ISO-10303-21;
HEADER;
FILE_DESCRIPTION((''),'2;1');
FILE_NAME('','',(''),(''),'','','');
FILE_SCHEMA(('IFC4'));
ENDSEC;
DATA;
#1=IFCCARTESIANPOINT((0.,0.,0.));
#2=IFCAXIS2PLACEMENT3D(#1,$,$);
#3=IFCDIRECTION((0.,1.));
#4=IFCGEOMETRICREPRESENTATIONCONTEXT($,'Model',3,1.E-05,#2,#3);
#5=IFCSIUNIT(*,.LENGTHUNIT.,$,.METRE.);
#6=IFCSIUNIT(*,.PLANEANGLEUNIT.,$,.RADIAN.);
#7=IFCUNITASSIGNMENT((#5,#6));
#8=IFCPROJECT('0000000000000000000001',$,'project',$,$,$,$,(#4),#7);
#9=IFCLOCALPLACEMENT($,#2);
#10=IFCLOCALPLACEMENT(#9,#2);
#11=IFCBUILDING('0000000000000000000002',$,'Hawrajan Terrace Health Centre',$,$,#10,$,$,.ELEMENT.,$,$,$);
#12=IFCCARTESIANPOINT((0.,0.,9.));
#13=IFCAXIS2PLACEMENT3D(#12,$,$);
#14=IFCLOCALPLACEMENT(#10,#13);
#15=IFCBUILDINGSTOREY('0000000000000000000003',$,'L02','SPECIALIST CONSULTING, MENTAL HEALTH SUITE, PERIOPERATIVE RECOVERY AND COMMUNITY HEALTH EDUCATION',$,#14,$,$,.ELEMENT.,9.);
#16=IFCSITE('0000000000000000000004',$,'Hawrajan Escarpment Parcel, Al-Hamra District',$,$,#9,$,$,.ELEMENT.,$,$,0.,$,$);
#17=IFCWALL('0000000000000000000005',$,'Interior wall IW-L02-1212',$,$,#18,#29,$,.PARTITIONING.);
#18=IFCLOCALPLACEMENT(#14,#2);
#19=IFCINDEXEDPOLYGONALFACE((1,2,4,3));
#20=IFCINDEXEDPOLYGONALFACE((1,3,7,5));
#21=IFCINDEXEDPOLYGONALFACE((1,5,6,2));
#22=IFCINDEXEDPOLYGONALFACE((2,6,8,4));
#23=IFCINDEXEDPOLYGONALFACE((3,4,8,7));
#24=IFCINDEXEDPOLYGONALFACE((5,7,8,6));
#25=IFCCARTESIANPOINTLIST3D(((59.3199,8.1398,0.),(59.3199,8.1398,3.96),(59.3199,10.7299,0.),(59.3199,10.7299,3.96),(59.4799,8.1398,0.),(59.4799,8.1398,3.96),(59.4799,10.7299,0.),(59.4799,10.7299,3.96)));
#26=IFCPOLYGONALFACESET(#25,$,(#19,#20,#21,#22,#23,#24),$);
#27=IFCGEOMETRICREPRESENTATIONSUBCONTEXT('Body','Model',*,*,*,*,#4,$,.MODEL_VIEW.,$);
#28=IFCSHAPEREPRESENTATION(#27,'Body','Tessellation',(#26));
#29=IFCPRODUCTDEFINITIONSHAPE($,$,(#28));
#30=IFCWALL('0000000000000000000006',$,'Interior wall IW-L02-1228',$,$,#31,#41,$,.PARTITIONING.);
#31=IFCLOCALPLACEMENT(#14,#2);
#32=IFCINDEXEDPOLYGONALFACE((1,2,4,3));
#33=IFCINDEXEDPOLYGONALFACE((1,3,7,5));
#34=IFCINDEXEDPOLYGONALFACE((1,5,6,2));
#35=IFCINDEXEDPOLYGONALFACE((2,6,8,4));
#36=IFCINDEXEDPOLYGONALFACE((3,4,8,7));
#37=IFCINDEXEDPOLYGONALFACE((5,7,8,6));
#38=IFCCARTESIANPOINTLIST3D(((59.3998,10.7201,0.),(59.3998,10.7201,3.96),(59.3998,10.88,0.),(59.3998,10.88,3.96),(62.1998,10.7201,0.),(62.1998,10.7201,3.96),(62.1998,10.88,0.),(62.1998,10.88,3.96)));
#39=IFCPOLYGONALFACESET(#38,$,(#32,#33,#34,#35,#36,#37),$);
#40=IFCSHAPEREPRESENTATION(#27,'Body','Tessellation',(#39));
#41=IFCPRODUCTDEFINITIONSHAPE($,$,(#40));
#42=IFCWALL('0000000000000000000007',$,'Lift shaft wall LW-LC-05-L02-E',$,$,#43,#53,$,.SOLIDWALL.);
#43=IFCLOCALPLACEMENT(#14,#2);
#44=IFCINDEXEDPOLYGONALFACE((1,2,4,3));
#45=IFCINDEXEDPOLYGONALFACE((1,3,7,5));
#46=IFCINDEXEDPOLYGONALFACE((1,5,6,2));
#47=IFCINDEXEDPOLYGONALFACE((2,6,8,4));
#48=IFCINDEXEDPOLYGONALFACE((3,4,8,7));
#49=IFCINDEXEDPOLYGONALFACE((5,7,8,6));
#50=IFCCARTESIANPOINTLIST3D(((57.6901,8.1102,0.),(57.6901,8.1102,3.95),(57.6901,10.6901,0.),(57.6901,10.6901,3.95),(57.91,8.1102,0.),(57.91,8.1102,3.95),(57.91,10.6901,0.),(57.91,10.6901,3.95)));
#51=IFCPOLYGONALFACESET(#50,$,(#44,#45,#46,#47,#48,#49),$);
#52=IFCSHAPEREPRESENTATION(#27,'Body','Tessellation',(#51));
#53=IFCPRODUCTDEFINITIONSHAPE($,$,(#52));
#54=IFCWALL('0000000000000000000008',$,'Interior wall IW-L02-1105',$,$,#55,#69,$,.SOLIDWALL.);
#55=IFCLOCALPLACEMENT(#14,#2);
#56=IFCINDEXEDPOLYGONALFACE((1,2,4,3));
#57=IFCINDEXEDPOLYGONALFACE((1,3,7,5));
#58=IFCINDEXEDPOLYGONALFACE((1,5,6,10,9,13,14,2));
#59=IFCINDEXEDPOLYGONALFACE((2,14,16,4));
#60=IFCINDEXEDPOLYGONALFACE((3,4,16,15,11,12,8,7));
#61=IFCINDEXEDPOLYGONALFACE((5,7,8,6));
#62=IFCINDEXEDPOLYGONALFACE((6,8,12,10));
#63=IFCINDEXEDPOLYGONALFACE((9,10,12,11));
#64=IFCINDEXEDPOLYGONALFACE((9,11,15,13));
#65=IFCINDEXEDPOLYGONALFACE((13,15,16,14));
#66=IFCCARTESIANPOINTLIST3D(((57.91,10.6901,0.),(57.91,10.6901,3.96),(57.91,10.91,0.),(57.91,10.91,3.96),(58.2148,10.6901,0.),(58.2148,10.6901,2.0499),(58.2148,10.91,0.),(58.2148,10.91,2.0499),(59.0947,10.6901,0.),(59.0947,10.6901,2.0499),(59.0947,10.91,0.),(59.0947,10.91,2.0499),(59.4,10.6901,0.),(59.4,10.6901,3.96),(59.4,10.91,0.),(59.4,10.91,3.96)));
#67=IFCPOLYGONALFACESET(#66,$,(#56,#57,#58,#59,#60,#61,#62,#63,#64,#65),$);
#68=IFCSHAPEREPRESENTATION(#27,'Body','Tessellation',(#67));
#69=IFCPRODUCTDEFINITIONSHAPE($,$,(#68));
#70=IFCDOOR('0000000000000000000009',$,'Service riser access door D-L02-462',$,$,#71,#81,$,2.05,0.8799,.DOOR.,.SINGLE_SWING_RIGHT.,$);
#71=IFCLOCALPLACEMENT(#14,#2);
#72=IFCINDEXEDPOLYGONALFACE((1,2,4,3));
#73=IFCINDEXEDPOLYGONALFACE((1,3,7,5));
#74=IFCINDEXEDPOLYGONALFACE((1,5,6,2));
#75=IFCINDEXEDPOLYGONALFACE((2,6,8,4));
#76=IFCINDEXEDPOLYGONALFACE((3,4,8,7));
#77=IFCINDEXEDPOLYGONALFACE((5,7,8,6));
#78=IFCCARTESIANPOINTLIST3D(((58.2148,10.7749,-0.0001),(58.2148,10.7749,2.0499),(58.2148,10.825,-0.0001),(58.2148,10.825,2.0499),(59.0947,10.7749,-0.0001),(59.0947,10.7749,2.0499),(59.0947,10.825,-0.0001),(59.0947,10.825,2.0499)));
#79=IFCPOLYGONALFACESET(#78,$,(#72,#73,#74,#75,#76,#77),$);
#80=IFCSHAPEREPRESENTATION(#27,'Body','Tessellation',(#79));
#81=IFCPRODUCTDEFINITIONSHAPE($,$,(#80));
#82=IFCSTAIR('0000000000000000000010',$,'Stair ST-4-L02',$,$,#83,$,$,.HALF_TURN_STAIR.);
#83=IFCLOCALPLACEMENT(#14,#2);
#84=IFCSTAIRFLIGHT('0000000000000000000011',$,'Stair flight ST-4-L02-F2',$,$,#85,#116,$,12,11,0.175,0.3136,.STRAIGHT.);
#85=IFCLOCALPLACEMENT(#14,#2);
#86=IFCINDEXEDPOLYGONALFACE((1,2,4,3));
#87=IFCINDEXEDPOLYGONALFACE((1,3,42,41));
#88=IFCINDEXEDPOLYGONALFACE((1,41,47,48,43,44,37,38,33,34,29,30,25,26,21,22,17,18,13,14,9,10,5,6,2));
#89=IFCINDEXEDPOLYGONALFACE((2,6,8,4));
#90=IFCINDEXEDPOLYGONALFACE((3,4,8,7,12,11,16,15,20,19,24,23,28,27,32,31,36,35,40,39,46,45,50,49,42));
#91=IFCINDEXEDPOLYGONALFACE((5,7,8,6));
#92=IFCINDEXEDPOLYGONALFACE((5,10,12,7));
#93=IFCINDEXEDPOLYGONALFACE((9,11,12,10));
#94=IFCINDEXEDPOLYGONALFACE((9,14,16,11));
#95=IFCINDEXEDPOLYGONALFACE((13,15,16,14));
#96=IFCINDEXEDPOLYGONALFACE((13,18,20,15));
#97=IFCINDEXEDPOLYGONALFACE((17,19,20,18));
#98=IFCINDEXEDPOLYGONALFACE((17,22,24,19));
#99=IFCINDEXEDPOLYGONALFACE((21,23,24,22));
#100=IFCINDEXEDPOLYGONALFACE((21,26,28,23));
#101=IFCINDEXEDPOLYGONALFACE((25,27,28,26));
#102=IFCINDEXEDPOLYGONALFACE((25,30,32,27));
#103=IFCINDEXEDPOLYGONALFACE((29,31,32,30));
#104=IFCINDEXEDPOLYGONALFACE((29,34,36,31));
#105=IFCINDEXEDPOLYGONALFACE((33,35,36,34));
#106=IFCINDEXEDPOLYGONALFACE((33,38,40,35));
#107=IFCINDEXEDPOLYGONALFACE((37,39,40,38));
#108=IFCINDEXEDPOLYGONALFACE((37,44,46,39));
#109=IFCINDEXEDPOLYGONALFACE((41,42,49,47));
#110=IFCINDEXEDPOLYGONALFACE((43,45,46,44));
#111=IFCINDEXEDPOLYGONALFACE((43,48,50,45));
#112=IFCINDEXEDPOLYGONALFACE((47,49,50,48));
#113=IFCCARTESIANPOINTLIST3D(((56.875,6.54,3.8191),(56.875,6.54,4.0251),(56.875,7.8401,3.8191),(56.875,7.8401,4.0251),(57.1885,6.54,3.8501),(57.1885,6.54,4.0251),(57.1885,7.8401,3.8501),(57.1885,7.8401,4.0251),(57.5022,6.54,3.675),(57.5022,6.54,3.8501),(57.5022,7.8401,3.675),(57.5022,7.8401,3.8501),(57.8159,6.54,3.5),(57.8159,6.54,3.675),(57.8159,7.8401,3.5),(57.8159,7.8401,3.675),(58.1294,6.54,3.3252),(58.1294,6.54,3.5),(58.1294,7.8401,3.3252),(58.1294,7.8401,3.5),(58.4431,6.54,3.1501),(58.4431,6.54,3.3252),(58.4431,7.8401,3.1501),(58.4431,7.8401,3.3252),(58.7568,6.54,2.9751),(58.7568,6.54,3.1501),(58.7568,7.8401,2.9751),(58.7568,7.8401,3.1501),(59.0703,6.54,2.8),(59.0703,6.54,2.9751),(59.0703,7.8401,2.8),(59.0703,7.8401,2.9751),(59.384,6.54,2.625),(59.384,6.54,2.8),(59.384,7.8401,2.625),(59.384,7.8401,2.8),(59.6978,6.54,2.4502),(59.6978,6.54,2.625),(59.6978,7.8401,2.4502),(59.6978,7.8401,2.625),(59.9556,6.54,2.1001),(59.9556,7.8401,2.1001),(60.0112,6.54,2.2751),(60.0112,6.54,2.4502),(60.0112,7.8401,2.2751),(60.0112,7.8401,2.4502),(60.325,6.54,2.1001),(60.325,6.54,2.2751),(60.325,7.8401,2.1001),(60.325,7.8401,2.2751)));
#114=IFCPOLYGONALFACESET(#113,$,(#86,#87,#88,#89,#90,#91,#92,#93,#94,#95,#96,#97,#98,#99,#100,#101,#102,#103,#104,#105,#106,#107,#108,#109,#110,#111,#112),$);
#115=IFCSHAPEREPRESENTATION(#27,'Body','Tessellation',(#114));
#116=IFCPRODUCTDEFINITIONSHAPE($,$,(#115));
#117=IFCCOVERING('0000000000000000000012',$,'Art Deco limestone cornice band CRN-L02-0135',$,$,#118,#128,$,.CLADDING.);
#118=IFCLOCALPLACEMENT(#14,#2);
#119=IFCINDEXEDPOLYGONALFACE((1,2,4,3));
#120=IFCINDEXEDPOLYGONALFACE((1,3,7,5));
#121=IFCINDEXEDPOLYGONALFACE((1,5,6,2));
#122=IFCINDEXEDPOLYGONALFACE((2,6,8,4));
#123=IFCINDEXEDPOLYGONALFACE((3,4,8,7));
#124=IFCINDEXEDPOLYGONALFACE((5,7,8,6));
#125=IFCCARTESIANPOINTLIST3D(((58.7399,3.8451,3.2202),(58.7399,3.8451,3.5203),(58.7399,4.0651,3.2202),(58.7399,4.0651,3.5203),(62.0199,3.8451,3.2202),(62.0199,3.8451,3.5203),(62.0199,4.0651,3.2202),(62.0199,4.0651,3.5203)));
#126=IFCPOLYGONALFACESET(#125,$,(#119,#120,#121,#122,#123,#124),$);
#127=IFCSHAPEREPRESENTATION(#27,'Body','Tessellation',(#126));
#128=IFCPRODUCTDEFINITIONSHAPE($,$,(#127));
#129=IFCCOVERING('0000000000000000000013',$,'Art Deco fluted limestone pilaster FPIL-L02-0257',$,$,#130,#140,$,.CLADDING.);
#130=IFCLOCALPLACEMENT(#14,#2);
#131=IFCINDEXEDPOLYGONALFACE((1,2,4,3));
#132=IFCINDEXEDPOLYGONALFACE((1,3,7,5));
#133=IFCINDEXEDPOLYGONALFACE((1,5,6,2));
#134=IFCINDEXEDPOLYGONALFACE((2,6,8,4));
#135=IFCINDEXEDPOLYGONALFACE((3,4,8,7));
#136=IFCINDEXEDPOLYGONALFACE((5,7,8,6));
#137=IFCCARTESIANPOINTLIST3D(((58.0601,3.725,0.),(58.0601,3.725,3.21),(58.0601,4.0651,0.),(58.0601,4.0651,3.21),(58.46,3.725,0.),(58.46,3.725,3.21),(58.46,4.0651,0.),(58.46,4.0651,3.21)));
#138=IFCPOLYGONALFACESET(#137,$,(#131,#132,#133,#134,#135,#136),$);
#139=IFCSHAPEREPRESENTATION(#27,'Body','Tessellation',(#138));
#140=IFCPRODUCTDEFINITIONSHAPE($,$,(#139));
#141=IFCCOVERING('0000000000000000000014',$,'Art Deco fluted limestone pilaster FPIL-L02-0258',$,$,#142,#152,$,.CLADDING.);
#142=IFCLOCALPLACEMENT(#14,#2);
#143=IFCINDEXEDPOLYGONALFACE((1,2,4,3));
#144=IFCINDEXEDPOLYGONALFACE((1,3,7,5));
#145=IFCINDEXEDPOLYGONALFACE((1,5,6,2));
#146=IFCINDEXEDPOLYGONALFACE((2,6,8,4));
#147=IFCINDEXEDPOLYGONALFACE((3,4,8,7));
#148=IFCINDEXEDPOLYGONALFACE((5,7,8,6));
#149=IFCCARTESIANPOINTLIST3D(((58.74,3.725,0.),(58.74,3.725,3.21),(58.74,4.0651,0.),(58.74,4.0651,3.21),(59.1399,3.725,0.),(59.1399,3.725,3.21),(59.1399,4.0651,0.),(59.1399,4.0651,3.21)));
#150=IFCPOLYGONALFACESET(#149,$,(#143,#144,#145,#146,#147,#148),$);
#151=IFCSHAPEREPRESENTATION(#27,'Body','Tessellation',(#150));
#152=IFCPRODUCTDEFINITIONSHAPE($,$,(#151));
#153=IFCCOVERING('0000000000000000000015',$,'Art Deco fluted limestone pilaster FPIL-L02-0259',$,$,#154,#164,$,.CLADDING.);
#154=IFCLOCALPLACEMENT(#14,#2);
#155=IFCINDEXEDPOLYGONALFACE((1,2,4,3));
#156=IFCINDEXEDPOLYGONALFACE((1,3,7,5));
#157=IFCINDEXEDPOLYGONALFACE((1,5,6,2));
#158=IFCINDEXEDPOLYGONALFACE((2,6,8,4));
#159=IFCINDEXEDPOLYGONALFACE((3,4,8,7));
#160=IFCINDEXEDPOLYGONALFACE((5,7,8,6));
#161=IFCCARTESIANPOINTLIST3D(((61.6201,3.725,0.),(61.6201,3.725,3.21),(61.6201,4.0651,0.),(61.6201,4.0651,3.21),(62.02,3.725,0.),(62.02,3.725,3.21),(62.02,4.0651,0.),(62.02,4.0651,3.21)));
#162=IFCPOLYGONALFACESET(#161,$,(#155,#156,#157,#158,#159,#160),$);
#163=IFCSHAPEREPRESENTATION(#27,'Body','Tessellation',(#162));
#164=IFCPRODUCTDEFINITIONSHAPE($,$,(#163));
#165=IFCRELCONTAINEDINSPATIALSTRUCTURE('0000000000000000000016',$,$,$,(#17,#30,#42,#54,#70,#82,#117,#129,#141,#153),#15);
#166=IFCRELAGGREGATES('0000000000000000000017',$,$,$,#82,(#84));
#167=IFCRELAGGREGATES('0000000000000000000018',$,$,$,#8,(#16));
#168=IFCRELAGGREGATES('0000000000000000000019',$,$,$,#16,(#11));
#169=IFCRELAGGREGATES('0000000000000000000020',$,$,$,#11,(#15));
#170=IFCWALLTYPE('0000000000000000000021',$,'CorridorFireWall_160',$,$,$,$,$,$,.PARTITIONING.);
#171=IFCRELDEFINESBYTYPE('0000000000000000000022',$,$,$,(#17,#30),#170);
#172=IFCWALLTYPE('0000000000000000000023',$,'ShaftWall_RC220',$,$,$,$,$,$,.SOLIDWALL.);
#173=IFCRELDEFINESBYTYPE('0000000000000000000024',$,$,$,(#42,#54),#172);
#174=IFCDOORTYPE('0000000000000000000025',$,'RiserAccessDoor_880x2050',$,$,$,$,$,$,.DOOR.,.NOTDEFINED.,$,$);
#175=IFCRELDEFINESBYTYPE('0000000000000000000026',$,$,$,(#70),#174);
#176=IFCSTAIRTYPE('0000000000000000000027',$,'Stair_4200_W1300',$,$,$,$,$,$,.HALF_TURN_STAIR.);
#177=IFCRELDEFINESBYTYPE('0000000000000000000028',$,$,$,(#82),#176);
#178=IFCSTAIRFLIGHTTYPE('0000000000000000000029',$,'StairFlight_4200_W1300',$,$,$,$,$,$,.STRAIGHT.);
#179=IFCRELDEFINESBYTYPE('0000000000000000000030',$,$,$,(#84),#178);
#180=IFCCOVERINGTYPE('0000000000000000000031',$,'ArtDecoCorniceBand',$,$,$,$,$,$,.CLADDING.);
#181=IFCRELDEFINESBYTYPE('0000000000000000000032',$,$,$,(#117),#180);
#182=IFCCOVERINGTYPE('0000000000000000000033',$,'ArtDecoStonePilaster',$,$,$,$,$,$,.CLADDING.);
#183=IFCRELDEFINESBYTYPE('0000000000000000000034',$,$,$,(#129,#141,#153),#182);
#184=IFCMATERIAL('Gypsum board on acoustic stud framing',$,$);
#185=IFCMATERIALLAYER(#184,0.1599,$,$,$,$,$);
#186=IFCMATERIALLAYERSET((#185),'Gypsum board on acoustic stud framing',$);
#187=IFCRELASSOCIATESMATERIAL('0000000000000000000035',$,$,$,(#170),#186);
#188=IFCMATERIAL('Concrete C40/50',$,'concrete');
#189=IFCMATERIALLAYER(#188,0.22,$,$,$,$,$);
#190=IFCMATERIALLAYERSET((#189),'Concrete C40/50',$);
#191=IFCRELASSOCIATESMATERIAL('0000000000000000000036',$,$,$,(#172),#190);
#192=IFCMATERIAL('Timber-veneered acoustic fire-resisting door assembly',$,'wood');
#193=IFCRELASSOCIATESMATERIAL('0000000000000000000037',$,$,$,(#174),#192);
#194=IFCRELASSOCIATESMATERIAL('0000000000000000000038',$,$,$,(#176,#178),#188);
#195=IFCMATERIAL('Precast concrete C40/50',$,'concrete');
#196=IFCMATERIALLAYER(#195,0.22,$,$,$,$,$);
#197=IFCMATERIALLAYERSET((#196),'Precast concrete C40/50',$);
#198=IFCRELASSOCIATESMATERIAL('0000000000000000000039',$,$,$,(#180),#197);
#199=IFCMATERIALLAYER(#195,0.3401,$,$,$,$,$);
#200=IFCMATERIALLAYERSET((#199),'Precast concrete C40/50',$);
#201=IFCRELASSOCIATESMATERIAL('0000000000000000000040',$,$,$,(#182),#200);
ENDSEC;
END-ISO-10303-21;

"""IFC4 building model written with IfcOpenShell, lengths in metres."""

from ifc_helpers import new_model, si_unit, direction, frame, frame_2d, origin, origin_2d, place, context, subcontext, project, spatial, polyline, rectangle, outline, extrude, material, layer, layer_set, type_object, element, fill, aggregate, save


model = new_model("IFC4")

# Units and contexts
model_context = context("Model", 3, precision=1e-05, world=origin(), true_north=direction((0.0, 1.0)))
body_context = subcontext(model_context, "Body", "Model", "MODEL_VIEW")
ifc_project = project(units=[si_unit("LENGTHUNIT", "METRE"), si_unit("PLANEANGLEUNIT", "RADIAN")], contexts=[model_context])

# Site, building, storey
site_placement = place(None, origin())
site = spatial("IfcSite", under=ifc_project, at=site_placement, Name="Hawrajan Escarpment Parcel, Al-Hamra District", CompositionType="ELEMENT", RefElevation=0.0)
building_placement = place(site_placement, origin())
building = spatial("IfcBuilding", under=site, at=building_placement, Name="Hawrajan Terrace Health Centre", CompositionType="ELEMENT")
storey_placement = place(building_placement, frame((0.0, 0.0, 9.0)))
storey = spatial("IfcBuildingStorey", under=building, at=storey_placement, Name="L02", Description="SPECIALIST CONSULTING, MENTAL HEALTH SUITE, PERIOPERATIVE RECOVERY AND COMMUNITY HEALTH EDUCATION", CompositionType="ELEMENT", Elevation=9.0)

# Walls
ifc_material_1 = material(Name="Precast concrete C40/50", Category="concrete")
ifc_material_2 = material(Name="Concrete C40/50", Category="concrete")
ifc_material_3 = material(Name="Gypsum board on acoustic stud framing")
ifc_layer_1 = layer(ifc_material_3, 0.1599)
ifc_layer_set_1 = layer_set([ifc_layer_1], Name="Gypsum board on acoustic stud framing")
wall_type_1 = type_object("IfcWallType", Name="CorridorFireWall_160", PredefinedType="PARTITIONING", material=ifc_layer_set_1)
wall_1_placement = place(storey_placement, frame((59.3999, 8.1399, 0.0), z_axis=(0.0, 0.0, 1.0), x_axis=(0.0, 1.0, 0.0)))
element("IfcWall", 1, at=wall_1_placement, inside=storey, type_object=wall_type_1, Name="Interior wall IW-L02-1212", PredefinedType="PARTITIONING", context=body_context, shape_type="SweptSolid", body=[
    extrude(rectangle(XDim=2.5901, YDim=0.1599, at=frame_2d((1.2949, 0.0))), origin(), (0.0, 0.0, 1.0), 3.96),
])
wall_2_placement = place(storey_placement, frame((59.3999, 10.8, 0.0), z_axis=(0.0, 0.0, 1.0), x_axis=(1.0, 0.0, 0.0)))
element("IfcWall", 2, at=wall_2_placement, inside=storey, type_object=wall_type_1, Name="Interior wall IW-L02-1228", PredefinedType="PARTITIONING", context=body_context, shape_type="SweptSolid", body=[
    extrude(rectangle(XDim=2.8, YDim=0.1599, at=frame_2d((1.3999, 0.0))), origin(), (0.0, 0.0, 1.0), 3.96),
])
ifc_layer_2 = layer(ifc_material_2, 0.22)
ifc_layer_set_2 = layer_set([ifc_layer_2], Name="Concrete C40/50")
wall_type_2 = type_object("IfcWallType", Name="ShaftWall_RC220", PredefinedType="SOLIDWALL", material=ifc_layer_set_2)
wall_3_placement = place(storey_placement, frame((57.8, 8.1101, 0.0), z_axis=(0.0, 0.0, 1.0), x_axis=(0.0, 1.0, 0.0)))
element("IfcWall", 3, at=wall_3_placement, inside=storey, type_object=wall_type_2, Name="Lift shaft wall LW-LC-05-L02-E", PredefinedType="SOLIDWALL", context=body_context, shape_type="SweptSolid", body=[
    extrude(rectangle(XDim=2.5798, YDim=0.22, at=frame_2d((1.29, 0.0))), origin(), (0.0, 0.0, 1.0), 3.95),
])

# Wall, opening, door
wall_4_placement = place(storey_placement, frame((57.9099, 10.8, 0.0), z_axis=(0.0, 0.0, 1.0), x_axis=(1.0, 0.0, 0.0)))
wall_4 = element("IfcWall", 4, at=wall_4_placement, inside=storey, type_object=wall_type_2, Name="Interior wall IW-L02-1105", PredefinedType="SOLIDWALL", context=body_context, shape_type="SweptSolid", body=[
    extrude(rectangle(XDim=1.49, YDim=0.22, at=frame_2d((0.7451, 0.0))), origin(), (0.0, 0.0, 1.0), 3.96),
])
opening_placement = place(wall_4_placement, frame((0.3049, 0.0, 0.0)))
opening = element("IfcOpeningElement", 5, at=opening_placement, cuts=wall_4, PredefinedType="OPENING", context=body_context, shape_type="SweptSolid", body=[
    extrude(rectangle(XDim=0.8799, YDim=2.05, at=frame_2d((0.4399, 1.0249))), frame((0.0, 0.1199, 0.0), z_axis=(0.0, -1.0, 0.0), x_axis=(1.0, 0.0, 0.0)), (0.0, 0.0, 1.0), 0.24),
])
ifc_material_4 = material(Name="Timber-veneered acoustic fire-resisting door assembly", Category="wood")
door_type = type_object("IfcDoorType", Name="RiserAccessDoor_880x2050", OperationType="NOTDEFINED", PredefinedType="DOOR", material=ifc_material_4)
door_placement = place(opening_placement, origin())
door = element("IfcDoor", 6, at=door_placement, inside=storey, type_object=door_type, Name="Service riser access door D-L02-462", OperationType="SINGLE_SWING_RIGHT", OverallHeight=2.05, OverallWidth=0.8799, PredefinedType="DOOR", context=body_context, shape_type="SweptSolid", body=[
    extrude(rectangle(XDim=0.8799, YDim=2.05, at=frame_2d((0.4399, 1.0249))), frame((0.0, 0.0249, 0.0), z_axis=(0.0, -1.0, 0.0), x_axis=(1.0, 0.0, 0.0)), (0.0, 0.0, 1.0), 0.05),
])
fill(opening, door)

# Stair, stair flight
stair_type = type_object("IfcStairType", Name="Stair_4200_W1300", PredefinedType="HALF_TURN_STAIR", material=ifc_material_2)
stair_placement = place(storey_placement, origin())
stair = element("IfcStair", 7, at=stair_placement, inside=storey, type_object=stair_type, Name="Stair ST-4-L02", PredefinedType="HALF_TURN_STAIR")
stair_flight_type = type_object("IfcStairFlightType", Name="StairFlight_4200_W1300", PredefinedType="STRAIGHT", material=ifc_material_2)
stair_flight_placement = place(storey_placement, frame((60.325, 7.1899, 2.1001), z_axis=(0.0, 0.0, 1.0), x_axis=(-1.0, 0.0, 0.0)))
stair_flight = element("IfcStairFlight", 8, at=stair_flight_placement, type_object=stair_flight_type, Name="Stair flight ST-4-L02-F2", NumberOfRisers=12, NumberOfTreads=11, PredefinedType="STRAIGHT", RiserHeight=0.175, TreadLength=0.3136, context=body_context, shape_type="SweptSolid", body=[
    extrude(outline(polyline([(0.0, 0.0), (0.0, 0.175), (0.3137, 0.175), (0.3137, 0.3501), (0.6272, 0.3501), (0.6272, 0.5249), (0.9409, 0.5249), (0.9409, 0.7), (1.2546, 0.7), (1.2546, 0.875), (1.5681, 0.875), (1.5681, 1.05), (1.8818, 1.05), (1.8818, 1.2251), (2.1956, 1.2251), (2.1956, 1.3999), (2.509, 1.3999), (2.509, 1.575), (2.8228, 1.575), (2.8228, 1.75), (3.1365, 1.75), (3.1365, 1.925), (3.45, 1.925), (3.45, 2.1001), (3.45, 1.719), (0.3694, 0.0), (0.0, 0.0)])), frame((0.0, 0.6499, 0.0), z_axis=(0.0, -1.0, 0.0), x_axis=(1.0, 0.0, 0.0)), (0.0, 0.0, 1.0), 1.3),
])
aggregate(stair, [stair_flight])

# Coverings
ifc_layer_3 = layer(ifc_material_1, 0.22)
ifc_layer_set_3 = layer_set([ifc_layer_3], Name="Precast concrete C40/50")
covering_type_1 = type_object("IfcCoveringType", Name="ArtDecoCorniceBand", PredefinedType="CLADDING", material=ifc_layer_set_3)
covering_placement = place(storey_placement, frame((60.3799, 3.9551, 3.2202), z_axis=(0.0, 0.0, 1.0), x_axis=(1.0, 0.0, 0.0)))
element("IfcCovering", 9, at=covering_placement, inside=storey, type_object=covering_type_1, Name="Art Deco limestone cornice band CRN-L02-0135", PredefinedType="CLADDING", context=body_context, shape_type="SweptSolid", body=[
    extrude(rectangle(XDim=3.28, YDim=0.22, at=origin_2d()), origin(), (0.0, 0.0, 1.0), 0.3),
])
ifc_layer_4 = layer(ifc_material_1, 0.3401)
ifc_layer_set_4 = layer_set([ifc_layer_4], Name="Precast concrete C40/50")
covering_type_2 = type_object("IfcCoveringType", Name="ArtDecoStonePilaster", PredefinedType="CLADDING", material=ifc_layer_set_4)
for number, where, z_axis, x_axis, name in (
    (10, (58.26, 3.895, 0.0), (0.0, 0.0, 1.0), (1.0, 0.0, 0.0), "Art Deco fluted limestone pilaster FPIL-L02-0257"),
    (11, (58.9399, 3.895, 0.0), (0.0, 0.0, 1.0), (1.0, 0.0, 0.0), "Art Deco fluted limestone pilaster FPIL-L02-0258"),
    (12, (61.8201, 3.895, 0.0), (0.0, 0.0, 1.0), (1.0, 0.0, 0.0), "Art Deco fluted limestone pilaster FPIL-L02-0259"),
):
    element("IfcCovering", number, at=place(storey_placement, frame(where, z_axis=z_axis, x_axis=x_axis)), inside=storey, type_object=covering_type_2, Name=name, PredefinedType="CLADDING", context=body_context, shape_type="SweptSolid", body=[
        extrude(rectangle(XDim=0.3999, YDim=0.3401, at=origin_2d()), origin(), (0.0, 0.0, 1.0), 3.21),
    ])

save(model, "model.ifc")
